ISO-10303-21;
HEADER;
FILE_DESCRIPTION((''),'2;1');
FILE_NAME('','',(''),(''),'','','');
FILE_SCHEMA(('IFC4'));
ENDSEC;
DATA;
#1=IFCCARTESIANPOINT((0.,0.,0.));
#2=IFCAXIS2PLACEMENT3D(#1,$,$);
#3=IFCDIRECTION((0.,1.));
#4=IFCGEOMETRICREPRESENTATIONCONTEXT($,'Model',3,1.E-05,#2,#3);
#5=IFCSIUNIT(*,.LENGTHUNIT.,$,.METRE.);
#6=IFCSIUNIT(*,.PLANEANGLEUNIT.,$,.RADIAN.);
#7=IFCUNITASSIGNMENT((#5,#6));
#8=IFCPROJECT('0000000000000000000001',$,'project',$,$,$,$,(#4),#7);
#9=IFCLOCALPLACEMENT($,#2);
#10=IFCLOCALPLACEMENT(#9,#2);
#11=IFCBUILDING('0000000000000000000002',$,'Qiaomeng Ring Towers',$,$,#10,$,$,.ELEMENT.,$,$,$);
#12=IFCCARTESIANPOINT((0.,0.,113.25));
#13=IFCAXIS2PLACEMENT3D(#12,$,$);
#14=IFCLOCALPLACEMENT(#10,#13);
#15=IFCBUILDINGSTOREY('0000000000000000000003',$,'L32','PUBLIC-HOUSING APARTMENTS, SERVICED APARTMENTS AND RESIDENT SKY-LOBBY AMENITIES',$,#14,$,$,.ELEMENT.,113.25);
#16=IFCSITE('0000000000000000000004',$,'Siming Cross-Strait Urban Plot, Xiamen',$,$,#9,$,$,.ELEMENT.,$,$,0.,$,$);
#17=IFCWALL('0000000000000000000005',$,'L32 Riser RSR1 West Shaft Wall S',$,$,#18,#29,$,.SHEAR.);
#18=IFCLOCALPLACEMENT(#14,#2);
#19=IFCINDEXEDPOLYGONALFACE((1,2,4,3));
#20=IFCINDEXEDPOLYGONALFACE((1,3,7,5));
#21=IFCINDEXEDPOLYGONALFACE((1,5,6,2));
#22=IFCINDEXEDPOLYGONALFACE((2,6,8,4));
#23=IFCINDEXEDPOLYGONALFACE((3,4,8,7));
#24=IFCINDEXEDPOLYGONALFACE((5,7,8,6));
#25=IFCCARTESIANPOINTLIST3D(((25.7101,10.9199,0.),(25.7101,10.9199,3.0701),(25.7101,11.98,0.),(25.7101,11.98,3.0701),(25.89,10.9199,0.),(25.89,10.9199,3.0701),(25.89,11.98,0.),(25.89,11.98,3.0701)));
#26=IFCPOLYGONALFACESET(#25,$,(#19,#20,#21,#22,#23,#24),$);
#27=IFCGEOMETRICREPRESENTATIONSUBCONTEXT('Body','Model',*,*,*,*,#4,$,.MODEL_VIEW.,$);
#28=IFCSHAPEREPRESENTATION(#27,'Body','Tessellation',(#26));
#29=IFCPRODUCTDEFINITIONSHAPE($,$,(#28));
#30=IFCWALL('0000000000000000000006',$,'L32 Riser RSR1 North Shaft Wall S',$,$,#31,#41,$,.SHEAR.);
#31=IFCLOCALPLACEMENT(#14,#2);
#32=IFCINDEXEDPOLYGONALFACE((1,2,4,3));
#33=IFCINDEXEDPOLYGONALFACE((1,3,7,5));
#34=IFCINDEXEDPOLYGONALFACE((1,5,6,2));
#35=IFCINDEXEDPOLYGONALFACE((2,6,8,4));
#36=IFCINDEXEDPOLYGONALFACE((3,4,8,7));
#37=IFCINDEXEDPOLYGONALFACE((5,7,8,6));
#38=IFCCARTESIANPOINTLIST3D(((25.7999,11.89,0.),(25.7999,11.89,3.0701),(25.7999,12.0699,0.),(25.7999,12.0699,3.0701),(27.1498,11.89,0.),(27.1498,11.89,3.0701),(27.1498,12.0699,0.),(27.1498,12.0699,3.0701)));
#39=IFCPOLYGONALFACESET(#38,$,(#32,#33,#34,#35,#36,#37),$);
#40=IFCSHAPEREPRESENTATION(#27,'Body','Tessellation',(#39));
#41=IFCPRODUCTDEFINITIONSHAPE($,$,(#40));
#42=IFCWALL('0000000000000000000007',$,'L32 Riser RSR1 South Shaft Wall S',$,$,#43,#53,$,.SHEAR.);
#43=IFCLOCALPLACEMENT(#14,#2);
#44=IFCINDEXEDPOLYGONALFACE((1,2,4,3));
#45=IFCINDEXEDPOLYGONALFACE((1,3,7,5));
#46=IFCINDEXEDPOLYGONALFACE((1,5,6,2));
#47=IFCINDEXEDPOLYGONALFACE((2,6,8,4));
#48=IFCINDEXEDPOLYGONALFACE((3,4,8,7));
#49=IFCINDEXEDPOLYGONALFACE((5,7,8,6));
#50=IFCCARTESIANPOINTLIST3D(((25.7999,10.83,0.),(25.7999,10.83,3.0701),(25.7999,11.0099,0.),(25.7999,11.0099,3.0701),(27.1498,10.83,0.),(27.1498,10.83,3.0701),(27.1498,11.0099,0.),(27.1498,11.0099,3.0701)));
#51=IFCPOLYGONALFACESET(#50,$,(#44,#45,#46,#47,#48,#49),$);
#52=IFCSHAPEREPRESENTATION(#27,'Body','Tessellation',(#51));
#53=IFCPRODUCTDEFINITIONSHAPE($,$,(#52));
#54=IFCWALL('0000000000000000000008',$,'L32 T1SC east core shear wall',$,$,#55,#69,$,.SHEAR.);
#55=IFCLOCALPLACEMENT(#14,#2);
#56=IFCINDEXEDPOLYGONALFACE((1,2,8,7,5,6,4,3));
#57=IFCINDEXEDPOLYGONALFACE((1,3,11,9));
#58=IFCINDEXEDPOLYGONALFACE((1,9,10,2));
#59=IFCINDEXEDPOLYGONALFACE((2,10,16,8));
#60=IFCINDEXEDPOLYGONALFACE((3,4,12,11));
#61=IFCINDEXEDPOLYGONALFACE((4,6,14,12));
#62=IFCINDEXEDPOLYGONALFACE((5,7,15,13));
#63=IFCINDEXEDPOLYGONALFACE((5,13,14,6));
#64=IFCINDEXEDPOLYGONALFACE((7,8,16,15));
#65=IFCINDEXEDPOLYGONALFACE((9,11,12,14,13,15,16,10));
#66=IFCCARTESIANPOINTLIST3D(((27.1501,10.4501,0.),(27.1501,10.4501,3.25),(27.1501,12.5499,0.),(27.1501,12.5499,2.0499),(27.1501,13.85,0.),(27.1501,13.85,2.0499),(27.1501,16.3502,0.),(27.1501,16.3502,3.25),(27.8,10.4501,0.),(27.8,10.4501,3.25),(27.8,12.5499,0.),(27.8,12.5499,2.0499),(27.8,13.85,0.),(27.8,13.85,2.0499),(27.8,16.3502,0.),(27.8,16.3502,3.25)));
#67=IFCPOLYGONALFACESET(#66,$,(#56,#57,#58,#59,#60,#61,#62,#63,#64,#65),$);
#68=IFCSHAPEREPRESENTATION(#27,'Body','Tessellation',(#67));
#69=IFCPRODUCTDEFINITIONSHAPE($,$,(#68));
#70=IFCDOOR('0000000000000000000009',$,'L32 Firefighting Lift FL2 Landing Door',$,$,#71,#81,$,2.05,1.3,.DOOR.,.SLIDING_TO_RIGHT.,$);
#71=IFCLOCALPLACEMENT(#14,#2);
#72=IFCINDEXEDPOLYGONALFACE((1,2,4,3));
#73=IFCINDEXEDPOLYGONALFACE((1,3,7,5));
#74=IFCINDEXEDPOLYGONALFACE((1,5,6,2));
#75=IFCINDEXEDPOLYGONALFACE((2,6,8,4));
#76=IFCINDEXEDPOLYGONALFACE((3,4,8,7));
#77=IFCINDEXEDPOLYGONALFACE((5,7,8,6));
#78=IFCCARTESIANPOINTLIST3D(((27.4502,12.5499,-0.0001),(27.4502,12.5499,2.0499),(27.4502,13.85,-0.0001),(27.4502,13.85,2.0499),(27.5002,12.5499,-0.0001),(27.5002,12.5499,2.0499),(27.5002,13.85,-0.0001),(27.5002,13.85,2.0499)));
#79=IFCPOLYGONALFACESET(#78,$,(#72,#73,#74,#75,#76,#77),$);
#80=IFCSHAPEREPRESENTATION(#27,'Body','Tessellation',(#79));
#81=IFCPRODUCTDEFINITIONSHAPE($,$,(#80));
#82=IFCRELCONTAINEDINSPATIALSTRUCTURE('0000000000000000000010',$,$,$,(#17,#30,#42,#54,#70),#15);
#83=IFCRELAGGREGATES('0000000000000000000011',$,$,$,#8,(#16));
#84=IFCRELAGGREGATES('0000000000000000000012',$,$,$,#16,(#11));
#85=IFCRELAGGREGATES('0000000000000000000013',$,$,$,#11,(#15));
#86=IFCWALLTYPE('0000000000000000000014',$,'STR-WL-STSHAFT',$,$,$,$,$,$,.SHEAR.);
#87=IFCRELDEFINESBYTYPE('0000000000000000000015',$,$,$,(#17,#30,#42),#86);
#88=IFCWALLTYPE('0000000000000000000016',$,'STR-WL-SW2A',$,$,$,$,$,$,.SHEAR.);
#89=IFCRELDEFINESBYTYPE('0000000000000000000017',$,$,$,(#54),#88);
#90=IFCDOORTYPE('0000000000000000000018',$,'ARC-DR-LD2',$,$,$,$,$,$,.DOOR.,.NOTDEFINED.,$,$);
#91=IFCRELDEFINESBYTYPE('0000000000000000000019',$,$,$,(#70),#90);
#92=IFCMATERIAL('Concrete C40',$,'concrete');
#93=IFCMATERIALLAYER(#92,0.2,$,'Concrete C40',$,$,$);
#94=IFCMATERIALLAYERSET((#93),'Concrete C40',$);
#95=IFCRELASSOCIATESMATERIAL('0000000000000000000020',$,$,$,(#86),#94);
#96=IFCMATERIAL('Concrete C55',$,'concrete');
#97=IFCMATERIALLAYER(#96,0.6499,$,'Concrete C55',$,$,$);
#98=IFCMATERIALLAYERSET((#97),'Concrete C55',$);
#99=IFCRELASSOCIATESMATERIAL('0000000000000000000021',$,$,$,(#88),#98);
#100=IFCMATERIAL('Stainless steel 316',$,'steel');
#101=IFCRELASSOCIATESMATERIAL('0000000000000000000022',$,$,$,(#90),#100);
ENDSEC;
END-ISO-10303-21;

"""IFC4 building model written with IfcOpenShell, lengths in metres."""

from ifc_helpers import new_model, si_unit, direction, frame, frame_2d, origin, place, context, subcontext, project, spatial, rectangle, extrude, source, transform, mapped, material, layer, layer_set, type_object, element, fill, save


model = new_model("IFC4")

# Units and contexts
model_context = context("Model", 3, precision=1e-05, world=origin(), true_north=direction((0.0, 1.0)))
body_context = subcontext(model_context, "Body", "Model", "MODEL_VIEW")
ifc_project = project(units=[si_unit("LENGTHUNIT", "METRE"), si_unit("PLANEANGLEUNIT", "RADIAN")], contexts=[model_context])

# Site, building, storey
site_placement = place(None, origin())
site = spatial("IfcSite", under=ifc_project, at=site_placement, Name="Siming Cross-Strait Urban Plot, Xiamen", CompositionType="ELEMENT", RefElevation=0.0)
building_placement = place(site_placement, origin())
building = spatial("IfcBuilding", under=site, at=building_placement, Name="Qiaomeng Ring Towers", CompositionType="ELEMENT")
storey_placement = place(building_placement, frame((0.0, 0.0, 113.25)))
storey = spatial("IfcBuildingStorey", under=building, at=storey_placement, Name="L32", Description="PUBLIC-HOUSING APARTMENTS, SERVICED APARTMENTS AND RESIDENT SKY-LOBBY AMENITIES", CompositionType="ELEMENT", Elevation=113.25)

# Shared definitions
ifc_material_1 = material(Name="Concrete C55", Category="concrete")

# Walls
ifc_material_2 = material(Name="Concrete C40", Category="concrete")
ifc_layer_1 = layer(ifc_material_2, 0.2, Name="Concrete C40")
ifc_layer_set_1 = layer_set([ifc_layer_1], Name="Concrete C40")
wall_type_1 = type_object("IfcWallType", Name="STR-WL-STSHAFT", PredefinedType="SHEAR", material=ifc_layer_set_1)
wall_1_placement = place(storey_placement, frame((25.8, 10.9199, 0.0), z_axis=(0.0, 0.0, 1.0), x_axis=(0.0, 1.0, 0.0)))
element("IfcWall", 1, at=wall_1_placement, inside=storey, type_object=wall_type_1, Name="L32 Riser RSR1 West Shaft Wall S", PredefinedType="SHEAR", context=body_context, shape_type="SweptSolid", body=[
    extrude(rectangle(XDim=1.0601, YDim=0.1799, at=frame_2d((0.53, 0.0))), origin(), (0.0, 0.0, 1.0), 3.0701),
])
for number, where, z_axis, x_axis, name in (
    (2, (25.8, 11.98, 0.0), (0.0, 0.0, 1.0), (1.0, 0.0, 0.0), "L32 Riser RSR1 North Shaft Wall S"),
    (3, (25.8, 10.9199, 0.0), (0.0, 0.0, 1.0), (1.0, 0.0, 0.0), "L32 Riser RSR1 South Shaft Wall S"),
):
    element("IfcWall", number, at=place(storey_placement, frame(where, z_axis=z_axis, x_axis=x_axis)), inside=storey, type_object=wall_type_1, Name=name, PredefinedType="SHEAR", context=body_context, shape_type="SweptSolid", body=[
        extrude(rectangle(XDim=1.3499, YDim=0.1799, at=frame_2d((0.6748, 0.0))), origin(), (0.0, 0.0, 1.0), 3.0701),
    ])

# Wall, opening, door
ifc_layer_2 = layer(ifc_material_1, 0.6499, Name="Concrete C55")
ifc_layer_set_2 = layer_set([ifc_layer_2], Name="Concrete C55")
wall_type_2 = type_object("IfcWallType", Name="STR-WL-SW2A", PredefinedType="SHEAR", material=ifc_layer_set_2)
wall_2_placement = place(storey_placement, frame((27.4751, 10.45, 0.0), z_axis=(0.0, 0.0, 1.0), x_axis=(0.0, 1.0, 0.0)))
wall_2 = element("IfcWall", 4, at=wall_2_placement, inside=storey, type_object=wall_type_2, Name="L32 T1SC east core shear wall", PredefinedType="SHEAR", context=body_context, shape_type="SweptSolid", body=[
    extrude(rectangle(XDim=5.9001, YDim=0.6499, at=frame_2d((2.9502, 0.0))), origin(), (0.0, 0.0, 1.0), 3.25),
])
opening_1_placement = place(wall_2_placement, frame((2.1001, 0.0, 0.0)))
opening_1 = element("IfcOpeningElement", 5, at=opening_1_placement, cuts=wall_2, PredefinedType="OPENING", context=body_context, shape_type="SweptSolid", body=[
    extrude(rectangle(XDim=1.3, YDim=2.05, at=frame_2d((0.6499, 1.0249))), frame((0.0, 0.335, 0.0), z_axis=(0.0, -1.0, 0.0), x_axis=(1.0, 0.0, 0.0)), (0.0, 0.0, 1.0), 0.6699),
])
ifc_material_3 = material(Name="Stainless steel 316", Category="steel")
door_type_1 = type_object("IfcDoorType", Name="ARC-DR-LD2", OperationType="NOTDEFINED", PredefinedType="DOOR", material=ifc_material_3)
shared_shape_1 = source(origin(), body_context, "Body", "SweptSolid", [
    extrude(rectangle(XDim=1.3, YDim=2.05, at=frame_2d((0.6499, 1.0249))), frame((0.0, 0.0249, 0.0), z_axis=(0.0, -1.0, 0.0), x_axis=(1.0, 0.0, 0.0)), (0.0, 0.0, 1.0), 0.05),
])
door_1_placement = place(opening_1_placement, origin())
door_1 = element("IfcDoor", 6, at=door_1_placement, inside=storey, type_object=door_type_1, Name="L32 Firefighting Lift FL2 Landing Door", OperationType="SLIDING_TO_RIGHT", OverallHeight=2.05, OverallWidth=1.3, PredefinedType="DOOR", context=body_context, shape_type="MappedRepresentation", body=[
    mapped(shared_shape_1, transform((0.0, 0.0, 0.0), x_axis=(1.0, 0.0, 0.0), y_axis=(0.0, 1.0, 0.0), z_axis=(0.0, 0.0, 1.0), scale=1.0)),
])
fill(opening_1, door_1)

save(model, "model.ifc")
